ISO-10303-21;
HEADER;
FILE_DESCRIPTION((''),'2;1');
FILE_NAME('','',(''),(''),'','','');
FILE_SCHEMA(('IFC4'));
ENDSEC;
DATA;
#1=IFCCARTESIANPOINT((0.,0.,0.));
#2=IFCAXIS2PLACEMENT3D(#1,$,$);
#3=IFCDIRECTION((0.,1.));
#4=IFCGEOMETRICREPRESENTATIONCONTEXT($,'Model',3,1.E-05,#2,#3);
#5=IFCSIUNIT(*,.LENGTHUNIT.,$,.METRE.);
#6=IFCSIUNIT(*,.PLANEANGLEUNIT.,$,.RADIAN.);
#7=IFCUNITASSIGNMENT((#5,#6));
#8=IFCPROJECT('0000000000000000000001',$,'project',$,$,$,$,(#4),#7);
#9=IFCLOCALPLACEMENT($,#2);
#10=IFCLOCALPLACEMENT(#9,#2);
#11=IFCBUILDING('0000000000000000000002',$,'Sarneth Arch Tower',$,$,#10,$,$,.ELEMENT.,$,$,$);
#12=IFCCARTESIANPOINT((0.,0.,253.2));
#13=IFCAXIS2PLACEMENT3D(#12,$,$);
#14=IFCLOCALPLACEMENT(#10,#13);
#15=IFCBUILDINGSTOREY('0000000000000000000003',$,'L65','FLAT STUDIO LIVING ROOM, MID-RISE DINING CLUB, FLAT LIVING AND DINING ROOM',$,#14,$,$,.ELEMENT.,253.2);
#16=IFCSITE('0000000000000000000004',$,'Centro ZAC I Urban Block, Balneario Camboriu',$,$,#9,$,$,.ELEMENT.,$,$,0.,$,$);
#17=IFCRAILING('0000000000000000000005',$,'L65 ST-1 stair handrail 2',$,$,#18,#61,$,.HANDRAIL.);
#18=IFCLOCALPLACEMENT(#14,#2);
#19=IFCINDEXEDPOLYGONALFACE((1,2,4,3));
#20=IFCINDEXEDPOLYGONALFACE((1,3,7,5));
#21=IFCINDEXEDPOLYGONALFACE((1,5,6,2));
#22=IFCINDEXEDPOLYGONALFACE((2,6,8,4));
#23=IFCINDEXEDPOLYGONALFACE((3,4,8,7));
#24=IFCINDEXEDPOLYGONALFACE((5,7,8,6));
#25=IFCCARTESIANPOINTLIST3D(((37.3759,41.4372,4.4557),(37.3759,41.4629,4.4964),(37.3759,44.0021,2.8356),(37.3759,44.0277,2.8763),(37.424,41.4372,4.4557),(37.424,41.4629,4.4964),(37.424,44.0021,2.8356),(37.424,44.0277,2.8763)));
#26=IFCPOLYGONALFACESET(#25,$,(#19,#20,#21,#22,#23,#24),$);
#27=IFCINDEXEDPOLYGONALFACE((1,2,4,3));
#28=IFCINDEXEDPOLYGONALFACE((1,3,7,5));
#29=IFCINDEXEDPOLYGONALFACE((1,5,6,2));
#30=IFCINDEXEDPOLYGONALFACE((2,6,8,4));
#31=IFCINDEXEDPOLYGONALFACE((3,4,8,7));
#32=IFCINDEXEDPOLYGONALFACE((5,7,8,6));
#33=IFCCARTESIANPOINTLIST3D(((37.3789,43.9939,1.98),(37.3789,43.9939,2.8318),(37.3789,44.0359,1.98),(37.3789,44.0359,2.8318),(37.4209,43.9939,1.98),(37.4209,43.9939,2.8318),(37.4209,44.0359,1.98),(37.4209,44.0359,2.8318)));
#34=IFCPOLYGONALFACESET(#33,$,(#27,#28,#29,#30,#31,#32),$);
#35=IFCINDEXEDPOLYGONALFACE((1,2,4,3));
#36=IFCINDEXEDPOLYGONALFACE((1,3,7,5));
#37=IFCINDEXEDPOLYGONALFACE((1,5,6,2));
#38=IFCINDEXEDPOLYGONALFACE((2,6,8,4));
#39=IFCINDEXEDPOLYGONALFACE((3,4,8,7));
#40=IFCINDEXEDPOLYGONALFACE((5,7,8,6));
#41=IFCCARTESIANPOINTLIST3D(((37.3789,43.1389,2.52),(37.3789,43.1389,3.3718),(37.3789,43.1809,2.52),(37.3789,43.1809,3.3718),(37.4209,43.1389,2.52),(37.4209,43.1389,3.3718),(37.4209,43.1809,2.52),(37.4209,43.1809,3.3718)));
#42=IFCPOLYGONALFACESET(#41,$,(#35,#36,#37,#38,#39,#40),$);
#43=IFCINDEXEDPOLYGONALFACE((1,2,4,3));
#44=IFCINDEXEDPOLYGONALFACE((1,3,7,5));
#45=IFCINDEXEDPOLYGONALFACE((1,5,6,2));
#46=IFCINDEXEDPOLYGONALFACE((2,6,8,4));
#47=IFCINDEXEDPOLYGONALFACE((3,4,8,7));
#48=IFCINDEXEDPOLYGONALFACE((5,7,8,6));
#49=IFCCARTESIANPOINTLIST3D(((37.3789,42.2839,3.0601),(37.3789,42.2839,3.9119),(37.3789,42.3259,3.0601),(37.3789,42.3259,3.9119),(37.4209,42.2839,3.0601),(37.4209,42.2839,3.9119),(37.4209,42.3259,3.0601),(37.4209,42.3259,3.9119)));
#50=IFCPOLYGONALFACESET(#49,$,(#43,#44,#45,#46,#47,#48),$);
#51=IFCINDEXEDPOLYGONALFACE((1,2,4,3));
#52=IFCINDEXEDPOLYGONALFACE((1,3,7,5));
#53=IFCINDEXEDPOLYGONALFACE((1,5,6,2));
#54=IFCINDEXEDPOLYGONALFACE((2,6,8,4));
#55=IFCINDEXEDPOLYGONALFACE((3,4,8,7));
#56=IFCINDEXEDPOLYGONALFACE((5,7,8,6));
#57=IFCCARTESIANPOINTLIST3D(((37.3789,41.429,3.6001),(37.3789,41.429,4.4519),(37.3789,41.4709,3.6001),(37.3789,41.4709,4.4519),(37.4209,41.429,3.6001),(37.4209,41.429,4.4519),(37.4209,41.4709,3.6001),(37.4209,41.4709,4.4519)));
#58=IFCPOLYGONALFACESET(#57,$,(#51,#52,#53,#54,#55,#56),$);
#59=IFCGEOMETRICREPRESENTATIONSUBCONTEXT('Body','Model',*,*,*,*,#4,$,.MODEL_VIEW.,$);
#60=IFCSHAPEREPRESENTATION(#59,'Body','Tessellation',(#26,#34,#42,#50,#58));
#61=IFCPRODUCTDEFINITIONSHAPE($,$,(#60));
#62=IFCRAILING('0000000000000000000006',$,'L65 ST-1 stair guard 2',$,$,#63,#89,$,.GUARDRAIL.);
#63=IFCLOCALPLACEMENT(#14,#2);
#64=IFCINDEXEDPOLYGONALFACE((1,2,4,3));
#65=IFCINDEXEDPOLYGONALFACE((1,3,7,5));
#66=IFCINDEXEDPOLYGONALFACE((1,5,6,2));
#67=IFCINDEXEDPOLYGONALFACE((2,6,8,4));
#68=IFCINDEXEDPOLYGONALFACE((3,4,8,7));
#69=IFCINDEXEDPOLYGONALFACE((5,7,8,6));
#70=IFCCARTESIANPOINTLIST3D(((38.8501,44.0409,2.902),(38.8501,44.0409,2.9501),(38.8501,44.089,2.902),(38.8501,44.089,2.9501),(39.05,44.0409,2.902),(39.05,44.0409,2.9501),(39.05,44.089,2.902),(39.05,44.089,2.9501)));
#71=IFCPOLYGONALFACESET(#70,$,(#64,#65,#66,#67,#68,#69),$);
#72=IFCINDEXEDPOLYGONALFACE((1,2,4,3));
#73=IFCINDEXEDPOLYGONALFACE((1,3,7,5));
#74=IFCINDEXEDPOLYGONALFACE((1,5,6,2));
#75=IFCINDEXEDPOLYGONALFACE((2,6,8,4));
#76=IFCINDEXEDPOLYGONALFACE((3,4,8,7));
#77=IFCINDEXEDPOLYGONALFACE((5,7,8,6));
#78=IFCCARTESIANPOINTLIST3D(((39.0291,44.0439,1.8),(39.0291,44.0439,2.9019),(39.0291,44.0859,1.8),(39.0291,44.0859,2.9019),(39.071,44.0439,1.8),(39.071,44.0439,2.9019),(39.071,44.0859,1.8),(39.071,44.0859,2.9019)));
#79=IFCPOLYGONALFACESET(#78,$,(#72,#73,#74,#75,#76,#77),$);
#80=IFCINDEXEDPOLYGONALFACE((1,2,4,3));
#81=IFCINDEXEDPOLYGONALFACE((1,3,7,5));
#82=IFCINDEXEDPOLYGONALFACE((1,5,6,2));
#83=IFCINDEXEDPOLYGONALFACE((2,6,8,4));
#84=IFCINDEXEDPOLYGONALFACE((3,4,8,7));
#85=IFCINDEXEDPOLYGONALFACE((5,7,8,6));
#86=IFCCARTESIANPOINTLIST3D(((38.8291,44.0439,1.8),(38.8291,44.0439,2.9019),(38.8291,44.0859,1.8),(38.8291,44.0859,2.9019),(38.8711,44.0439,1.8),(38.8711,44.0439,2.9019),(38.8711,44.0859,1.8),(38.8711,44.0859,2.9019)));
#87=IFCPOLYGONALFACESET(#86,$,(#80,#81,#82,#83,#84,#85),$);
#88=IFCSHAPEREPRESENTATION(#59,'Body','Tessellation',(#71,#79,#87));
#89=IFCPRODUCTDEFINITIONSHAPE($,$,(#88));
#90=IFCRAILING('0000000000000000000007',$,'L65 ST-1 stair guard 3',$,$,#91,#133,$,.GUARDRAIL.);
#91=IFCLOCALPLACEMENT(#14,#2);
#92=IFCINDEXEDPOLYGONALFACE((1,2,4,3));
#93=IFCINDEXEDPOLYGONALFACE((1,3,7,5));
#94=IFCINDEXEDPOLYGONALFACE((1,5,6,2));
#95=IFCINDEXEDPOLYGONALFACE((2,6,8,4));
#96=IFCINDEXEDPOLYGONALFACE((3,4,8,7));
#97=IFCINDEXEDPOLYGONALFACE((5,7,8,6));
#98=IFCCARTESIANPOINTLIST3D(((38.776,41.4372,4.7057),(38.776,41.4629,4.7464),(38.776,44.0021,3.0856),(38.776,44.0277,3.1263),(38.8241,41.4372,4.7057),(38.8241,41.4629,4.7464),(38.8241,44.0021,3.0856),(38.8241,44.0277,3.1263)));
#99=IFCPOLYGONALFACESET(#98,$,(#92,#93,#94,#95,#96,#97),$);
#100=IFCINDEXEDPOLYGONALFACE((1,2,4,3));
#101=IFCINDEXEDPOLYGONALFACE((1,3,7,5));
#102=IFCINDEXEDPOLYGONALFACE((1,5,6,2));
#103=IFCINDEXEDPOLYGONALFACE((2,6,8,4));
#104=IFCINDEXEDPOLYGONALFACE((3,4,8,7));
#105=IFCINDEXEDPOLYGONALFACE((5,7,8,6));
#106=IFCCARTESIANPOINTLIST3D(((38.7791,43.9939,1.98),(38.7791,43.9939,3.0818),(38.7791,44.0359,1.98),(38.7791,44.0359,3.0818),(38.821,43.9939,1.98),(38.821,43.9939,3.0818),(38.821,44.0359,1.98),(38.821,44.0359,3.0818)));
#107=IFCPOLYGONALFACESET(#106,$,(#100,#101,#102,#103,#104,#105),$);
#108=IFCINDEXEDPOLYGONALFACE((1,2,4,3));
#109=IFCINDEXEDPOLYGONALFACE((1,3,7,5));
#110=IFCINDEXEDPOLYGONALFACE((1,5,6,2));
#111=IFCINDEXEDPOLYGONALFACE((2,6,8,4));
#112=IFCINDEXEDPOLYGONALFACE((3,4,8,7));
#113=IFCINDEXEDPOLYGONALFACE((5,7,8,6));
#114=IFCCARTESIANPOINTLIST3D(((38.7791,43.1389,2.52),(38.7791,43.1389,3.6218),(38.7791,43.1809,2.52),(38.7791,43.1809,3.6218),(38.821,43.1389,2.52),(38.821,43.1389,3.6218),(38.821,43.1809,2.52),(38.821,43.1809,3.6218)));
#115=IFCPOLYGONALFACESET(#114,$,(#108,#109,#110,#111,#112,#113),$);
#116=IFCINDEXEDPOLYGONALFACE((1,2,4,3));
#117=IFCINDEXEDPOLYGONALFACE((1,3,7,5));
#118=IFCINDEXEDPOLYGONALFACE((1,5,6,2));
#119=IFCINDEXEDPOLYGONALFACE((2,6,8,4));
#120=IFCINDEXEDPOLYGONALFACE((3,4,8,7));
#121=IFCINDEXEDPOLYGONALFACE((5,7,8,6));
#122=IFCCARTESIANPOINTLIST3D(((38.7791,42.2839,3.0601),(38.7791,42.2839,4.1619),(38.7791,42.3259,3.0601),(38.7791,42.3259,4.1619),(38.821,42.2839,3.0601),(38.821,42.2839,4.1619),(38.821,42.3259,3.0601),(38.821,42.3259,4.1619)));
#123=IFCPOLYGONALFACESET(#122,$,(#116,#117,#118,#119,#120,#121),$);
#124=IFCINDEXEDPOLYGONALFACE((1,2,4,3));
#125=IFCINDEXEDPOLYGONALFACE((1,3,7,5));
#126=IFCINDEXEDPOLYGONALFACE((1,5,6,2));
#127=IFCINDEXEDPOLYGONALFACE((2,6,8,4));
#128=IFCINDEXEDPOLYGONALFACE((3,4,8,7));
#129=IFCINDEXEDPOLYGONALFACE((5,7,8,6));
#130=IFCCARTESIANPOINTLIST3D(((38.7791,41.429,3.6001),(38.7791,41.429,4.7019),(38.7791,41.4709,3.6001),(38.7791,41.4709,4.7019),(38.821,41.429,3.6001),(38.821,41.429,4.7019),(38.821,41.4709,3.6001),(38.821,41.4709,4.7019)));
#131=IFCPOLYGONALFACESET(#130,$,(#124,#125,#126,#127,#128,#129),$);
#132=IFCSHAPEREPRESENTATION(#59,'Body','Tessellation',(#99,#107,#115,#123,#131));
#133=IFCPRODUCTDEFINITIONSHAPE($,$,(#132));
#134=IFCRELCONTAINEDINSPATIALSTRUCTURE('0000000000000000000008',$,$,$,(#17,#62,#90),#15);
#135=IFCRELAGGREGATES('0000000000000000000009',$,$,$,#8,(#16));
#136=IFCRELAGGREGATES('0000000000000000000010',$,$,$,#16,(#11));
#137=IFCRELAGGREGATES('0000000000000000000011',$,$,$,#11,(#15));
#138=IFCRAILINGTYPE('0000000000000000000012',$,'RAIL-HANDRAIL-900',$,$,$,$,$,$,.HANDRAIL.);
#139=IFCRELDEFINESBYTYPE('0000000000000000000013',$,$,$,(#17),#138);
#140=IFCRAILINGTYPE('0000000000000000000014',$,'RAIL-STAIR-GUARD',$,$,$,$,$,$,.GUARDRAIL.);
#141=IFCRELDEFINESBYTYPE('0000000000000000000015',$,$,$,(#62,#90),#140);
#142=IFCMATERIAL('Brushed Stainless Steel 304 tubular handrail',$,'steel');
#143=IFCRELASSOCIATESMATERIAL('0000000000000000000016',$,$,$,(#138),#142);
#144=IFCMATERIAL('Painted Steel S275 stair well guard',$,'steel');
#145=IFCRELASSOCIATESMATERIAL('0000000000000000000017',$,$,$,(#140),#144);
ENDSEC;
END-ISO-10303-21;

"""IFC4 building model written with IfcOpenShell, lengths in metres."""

from ifc_helpers import new_model, si_unit, direction, frame, origin, origin_2d, place, context, subcontext, project, spatial, rectangle, extrude, material, type_object, element, save


model = new_model("IFC4")

# Units and contexts
model_context = context("Model", 3, precision=1e-05, world=origin(), true_north=direction((0.0, 1.0)))
body_context = subcontext(model_context, "Body", "Model", "MODEL_VIEW")
ifc_project = project(units=[si_unit("LENGTHUNIT", "METRE"), si_unit("PLANEANGLEUNIT", "RADIAN")], contexts=[model_context])

# Site, building, storey
site_placement = place(None, origin())
site = spatial("IfcSite", under=ifc_project, at=site_placement, Name="Centro ZAC I Urban Block, Balneario Camboriu", CompositionType="ELEMENT", RefElevation=0.0)
building_placement = place(site_placement, origin())
building = spatial("IfcBuilding", under=site, at=building_placement, Name="Sarneth Arch Tower", CompositionType="ELEMENT")
storey_placement = place(building_placement, frame((0.0, 0.0, 253.2)))
storey = spatial("IfcBuildingStorey", under=building, at=storey_placement, Name="L65", Description="FLAT STUDIO LIVING ROOM, MID-RISE DINING CLUB, FLAT LIVING AND DINING ROOM", CompositionType="ELEMENT", Elevation=253.2)

# Railings
ifc_material_1 = material(Name="Brushed Stainless Steel 304 tubular handrail", Category="steel")
railing_type_1 = type_object("IfcRailingType", Name="RAIL-HANDRAIL-900", PredefinedType="HANDRAIL", material=ifc_material_1)
railing_1_placement = place(storey_placement, frame((37.3999, 44.0149, 1.98)))
element("IfcRailing", 1, at=railing_1_placement, inside=storey, type_object=railing_type_1, Name="L65 ST-1 stair handrail 2", PredefinedType="HANDRAIL", context=body_context, shape_type="SweptSolid", body=[
    extrude(rectangle(XDim=0.0481, YDim=0.0481, at=origin_2d()), frame((0.0, 0.0, 0.876), z_axis=(0.0, -0.845466, 0.534029), x_axis=(1.0, 0.0, 0.0)), (0.0, 0.0, 1.0), 3.0337),
    extrude(rectangle(XDim=0.042, YDim=0.042, at=origin_2d()), origin(), (0.0, 0.0, 1.0), 0.8518),
    extrude(rectangle(XDim=0.042, YDim=0.042, at=origin_2d()), frame((0.0, -0.855, 0.54)), (0.0, 0.0, 1.0), 0.8518),
    extrude(rectangle(XDim=0.042, YDim=0.042, at=origin_2d()), frame((0.0, -1.71, 1.0801)), (0.0, 0.0, 1.0), 0.8518),
    extrude(rectangle(XDim=0.042, YDim=0.042, at=origin_2d()), frame((0.0, -2.5649, 1.6201)), (0.0, 0.0, 1.0), 0.8518),
])
ifc_material_2 = material(Name="Painted Steel S275 stair well guard", Category="steel")
railing_type_2 = type_object("IfcRailingType", Name="RAIL-STAIR-GUARD", PredefinedType="GUARDRAIL", material=ifc_material_2)
railing_2_placement = place(storey_placement, frame((39.05, 44.0649, 1.8)))
element("IfcRailing", 2, at=railing_2_placement, inside=storey, type_object=railing_type_2, Name="L65 ST-1 stair guard 2", PredefinedType="GUARDRAIL", context=body_context, shape_type="SweptSolid", body=[
    extrude(rectangle(XDim=0.0481, YDim=0.0481, at=origin_2d()), frame((0.0, 0.0, 1.126), z_axis=(-1.0, 0.0, 0.0), x_axis=(0.0, -1.0, 0.0)), (0.0, 0.0, 1.0), 0.2),
    extrude(rectangle(XDim=0.042, YDim=0.042, at=origin_2d()), origin(), (0.0, 0.0, 1.0), 1.1018),
    extrude(rectangle(XDim=0.042, YDim=0.042, at=origin_2d()), frame((-0.2, 0.0, 0.0)), (0.0, 0.0, 1.0), 1.1018),
])
railing_3_placement = place(storey_placement, frame((38.8, 44.0149, 1.98)))
element("IfcRailing", 3, at=railing_3_placement, inside=storey, type_object=railing_type_2, Name="L65 ST-1 stair guard 3", PredefinedType="GUARDRAIL", context=body_context, shape_type="SweptSolid", body=[
    extrude(rectangle(XDim=0.0481, YDim=0.0481, at=origin_2d()), frame((0.0, 0.0, 1.126), z_axis=(0.0, -0.845466, 0.534029), x_axis=(1.0, 0.0, 0.0)), (0.0, 0.0, 1.0), 3.0337),
    extrude(rectangle(XDim=0.042, YDim=0.042, at=origin_2d()), origin(), (0.0, 0.0, 1.0), 1.1018),
    extrude(rectangle(XDim=0.042, YDim=0.042, at=origin_2d()), frame((0.0, -0.855, 0.54)), (0.0, 0.0, 1.0), 1.1018),
    extrude(rectangle(XDim=0.042, YDim=0.042, at=origin_2d()), frame((0.0, -1.71, 1.0801)), (0.0, 0.0, 1.0), 1.1018),
    extrude(rectangle(XDim=0.042, YDim=0.042, at=origin_2d()), frame((0.0, -2.5649, 1.6201)), (0.0, 0.0, 1.0), 1.1018),
])

save(model, "model.ifc")
